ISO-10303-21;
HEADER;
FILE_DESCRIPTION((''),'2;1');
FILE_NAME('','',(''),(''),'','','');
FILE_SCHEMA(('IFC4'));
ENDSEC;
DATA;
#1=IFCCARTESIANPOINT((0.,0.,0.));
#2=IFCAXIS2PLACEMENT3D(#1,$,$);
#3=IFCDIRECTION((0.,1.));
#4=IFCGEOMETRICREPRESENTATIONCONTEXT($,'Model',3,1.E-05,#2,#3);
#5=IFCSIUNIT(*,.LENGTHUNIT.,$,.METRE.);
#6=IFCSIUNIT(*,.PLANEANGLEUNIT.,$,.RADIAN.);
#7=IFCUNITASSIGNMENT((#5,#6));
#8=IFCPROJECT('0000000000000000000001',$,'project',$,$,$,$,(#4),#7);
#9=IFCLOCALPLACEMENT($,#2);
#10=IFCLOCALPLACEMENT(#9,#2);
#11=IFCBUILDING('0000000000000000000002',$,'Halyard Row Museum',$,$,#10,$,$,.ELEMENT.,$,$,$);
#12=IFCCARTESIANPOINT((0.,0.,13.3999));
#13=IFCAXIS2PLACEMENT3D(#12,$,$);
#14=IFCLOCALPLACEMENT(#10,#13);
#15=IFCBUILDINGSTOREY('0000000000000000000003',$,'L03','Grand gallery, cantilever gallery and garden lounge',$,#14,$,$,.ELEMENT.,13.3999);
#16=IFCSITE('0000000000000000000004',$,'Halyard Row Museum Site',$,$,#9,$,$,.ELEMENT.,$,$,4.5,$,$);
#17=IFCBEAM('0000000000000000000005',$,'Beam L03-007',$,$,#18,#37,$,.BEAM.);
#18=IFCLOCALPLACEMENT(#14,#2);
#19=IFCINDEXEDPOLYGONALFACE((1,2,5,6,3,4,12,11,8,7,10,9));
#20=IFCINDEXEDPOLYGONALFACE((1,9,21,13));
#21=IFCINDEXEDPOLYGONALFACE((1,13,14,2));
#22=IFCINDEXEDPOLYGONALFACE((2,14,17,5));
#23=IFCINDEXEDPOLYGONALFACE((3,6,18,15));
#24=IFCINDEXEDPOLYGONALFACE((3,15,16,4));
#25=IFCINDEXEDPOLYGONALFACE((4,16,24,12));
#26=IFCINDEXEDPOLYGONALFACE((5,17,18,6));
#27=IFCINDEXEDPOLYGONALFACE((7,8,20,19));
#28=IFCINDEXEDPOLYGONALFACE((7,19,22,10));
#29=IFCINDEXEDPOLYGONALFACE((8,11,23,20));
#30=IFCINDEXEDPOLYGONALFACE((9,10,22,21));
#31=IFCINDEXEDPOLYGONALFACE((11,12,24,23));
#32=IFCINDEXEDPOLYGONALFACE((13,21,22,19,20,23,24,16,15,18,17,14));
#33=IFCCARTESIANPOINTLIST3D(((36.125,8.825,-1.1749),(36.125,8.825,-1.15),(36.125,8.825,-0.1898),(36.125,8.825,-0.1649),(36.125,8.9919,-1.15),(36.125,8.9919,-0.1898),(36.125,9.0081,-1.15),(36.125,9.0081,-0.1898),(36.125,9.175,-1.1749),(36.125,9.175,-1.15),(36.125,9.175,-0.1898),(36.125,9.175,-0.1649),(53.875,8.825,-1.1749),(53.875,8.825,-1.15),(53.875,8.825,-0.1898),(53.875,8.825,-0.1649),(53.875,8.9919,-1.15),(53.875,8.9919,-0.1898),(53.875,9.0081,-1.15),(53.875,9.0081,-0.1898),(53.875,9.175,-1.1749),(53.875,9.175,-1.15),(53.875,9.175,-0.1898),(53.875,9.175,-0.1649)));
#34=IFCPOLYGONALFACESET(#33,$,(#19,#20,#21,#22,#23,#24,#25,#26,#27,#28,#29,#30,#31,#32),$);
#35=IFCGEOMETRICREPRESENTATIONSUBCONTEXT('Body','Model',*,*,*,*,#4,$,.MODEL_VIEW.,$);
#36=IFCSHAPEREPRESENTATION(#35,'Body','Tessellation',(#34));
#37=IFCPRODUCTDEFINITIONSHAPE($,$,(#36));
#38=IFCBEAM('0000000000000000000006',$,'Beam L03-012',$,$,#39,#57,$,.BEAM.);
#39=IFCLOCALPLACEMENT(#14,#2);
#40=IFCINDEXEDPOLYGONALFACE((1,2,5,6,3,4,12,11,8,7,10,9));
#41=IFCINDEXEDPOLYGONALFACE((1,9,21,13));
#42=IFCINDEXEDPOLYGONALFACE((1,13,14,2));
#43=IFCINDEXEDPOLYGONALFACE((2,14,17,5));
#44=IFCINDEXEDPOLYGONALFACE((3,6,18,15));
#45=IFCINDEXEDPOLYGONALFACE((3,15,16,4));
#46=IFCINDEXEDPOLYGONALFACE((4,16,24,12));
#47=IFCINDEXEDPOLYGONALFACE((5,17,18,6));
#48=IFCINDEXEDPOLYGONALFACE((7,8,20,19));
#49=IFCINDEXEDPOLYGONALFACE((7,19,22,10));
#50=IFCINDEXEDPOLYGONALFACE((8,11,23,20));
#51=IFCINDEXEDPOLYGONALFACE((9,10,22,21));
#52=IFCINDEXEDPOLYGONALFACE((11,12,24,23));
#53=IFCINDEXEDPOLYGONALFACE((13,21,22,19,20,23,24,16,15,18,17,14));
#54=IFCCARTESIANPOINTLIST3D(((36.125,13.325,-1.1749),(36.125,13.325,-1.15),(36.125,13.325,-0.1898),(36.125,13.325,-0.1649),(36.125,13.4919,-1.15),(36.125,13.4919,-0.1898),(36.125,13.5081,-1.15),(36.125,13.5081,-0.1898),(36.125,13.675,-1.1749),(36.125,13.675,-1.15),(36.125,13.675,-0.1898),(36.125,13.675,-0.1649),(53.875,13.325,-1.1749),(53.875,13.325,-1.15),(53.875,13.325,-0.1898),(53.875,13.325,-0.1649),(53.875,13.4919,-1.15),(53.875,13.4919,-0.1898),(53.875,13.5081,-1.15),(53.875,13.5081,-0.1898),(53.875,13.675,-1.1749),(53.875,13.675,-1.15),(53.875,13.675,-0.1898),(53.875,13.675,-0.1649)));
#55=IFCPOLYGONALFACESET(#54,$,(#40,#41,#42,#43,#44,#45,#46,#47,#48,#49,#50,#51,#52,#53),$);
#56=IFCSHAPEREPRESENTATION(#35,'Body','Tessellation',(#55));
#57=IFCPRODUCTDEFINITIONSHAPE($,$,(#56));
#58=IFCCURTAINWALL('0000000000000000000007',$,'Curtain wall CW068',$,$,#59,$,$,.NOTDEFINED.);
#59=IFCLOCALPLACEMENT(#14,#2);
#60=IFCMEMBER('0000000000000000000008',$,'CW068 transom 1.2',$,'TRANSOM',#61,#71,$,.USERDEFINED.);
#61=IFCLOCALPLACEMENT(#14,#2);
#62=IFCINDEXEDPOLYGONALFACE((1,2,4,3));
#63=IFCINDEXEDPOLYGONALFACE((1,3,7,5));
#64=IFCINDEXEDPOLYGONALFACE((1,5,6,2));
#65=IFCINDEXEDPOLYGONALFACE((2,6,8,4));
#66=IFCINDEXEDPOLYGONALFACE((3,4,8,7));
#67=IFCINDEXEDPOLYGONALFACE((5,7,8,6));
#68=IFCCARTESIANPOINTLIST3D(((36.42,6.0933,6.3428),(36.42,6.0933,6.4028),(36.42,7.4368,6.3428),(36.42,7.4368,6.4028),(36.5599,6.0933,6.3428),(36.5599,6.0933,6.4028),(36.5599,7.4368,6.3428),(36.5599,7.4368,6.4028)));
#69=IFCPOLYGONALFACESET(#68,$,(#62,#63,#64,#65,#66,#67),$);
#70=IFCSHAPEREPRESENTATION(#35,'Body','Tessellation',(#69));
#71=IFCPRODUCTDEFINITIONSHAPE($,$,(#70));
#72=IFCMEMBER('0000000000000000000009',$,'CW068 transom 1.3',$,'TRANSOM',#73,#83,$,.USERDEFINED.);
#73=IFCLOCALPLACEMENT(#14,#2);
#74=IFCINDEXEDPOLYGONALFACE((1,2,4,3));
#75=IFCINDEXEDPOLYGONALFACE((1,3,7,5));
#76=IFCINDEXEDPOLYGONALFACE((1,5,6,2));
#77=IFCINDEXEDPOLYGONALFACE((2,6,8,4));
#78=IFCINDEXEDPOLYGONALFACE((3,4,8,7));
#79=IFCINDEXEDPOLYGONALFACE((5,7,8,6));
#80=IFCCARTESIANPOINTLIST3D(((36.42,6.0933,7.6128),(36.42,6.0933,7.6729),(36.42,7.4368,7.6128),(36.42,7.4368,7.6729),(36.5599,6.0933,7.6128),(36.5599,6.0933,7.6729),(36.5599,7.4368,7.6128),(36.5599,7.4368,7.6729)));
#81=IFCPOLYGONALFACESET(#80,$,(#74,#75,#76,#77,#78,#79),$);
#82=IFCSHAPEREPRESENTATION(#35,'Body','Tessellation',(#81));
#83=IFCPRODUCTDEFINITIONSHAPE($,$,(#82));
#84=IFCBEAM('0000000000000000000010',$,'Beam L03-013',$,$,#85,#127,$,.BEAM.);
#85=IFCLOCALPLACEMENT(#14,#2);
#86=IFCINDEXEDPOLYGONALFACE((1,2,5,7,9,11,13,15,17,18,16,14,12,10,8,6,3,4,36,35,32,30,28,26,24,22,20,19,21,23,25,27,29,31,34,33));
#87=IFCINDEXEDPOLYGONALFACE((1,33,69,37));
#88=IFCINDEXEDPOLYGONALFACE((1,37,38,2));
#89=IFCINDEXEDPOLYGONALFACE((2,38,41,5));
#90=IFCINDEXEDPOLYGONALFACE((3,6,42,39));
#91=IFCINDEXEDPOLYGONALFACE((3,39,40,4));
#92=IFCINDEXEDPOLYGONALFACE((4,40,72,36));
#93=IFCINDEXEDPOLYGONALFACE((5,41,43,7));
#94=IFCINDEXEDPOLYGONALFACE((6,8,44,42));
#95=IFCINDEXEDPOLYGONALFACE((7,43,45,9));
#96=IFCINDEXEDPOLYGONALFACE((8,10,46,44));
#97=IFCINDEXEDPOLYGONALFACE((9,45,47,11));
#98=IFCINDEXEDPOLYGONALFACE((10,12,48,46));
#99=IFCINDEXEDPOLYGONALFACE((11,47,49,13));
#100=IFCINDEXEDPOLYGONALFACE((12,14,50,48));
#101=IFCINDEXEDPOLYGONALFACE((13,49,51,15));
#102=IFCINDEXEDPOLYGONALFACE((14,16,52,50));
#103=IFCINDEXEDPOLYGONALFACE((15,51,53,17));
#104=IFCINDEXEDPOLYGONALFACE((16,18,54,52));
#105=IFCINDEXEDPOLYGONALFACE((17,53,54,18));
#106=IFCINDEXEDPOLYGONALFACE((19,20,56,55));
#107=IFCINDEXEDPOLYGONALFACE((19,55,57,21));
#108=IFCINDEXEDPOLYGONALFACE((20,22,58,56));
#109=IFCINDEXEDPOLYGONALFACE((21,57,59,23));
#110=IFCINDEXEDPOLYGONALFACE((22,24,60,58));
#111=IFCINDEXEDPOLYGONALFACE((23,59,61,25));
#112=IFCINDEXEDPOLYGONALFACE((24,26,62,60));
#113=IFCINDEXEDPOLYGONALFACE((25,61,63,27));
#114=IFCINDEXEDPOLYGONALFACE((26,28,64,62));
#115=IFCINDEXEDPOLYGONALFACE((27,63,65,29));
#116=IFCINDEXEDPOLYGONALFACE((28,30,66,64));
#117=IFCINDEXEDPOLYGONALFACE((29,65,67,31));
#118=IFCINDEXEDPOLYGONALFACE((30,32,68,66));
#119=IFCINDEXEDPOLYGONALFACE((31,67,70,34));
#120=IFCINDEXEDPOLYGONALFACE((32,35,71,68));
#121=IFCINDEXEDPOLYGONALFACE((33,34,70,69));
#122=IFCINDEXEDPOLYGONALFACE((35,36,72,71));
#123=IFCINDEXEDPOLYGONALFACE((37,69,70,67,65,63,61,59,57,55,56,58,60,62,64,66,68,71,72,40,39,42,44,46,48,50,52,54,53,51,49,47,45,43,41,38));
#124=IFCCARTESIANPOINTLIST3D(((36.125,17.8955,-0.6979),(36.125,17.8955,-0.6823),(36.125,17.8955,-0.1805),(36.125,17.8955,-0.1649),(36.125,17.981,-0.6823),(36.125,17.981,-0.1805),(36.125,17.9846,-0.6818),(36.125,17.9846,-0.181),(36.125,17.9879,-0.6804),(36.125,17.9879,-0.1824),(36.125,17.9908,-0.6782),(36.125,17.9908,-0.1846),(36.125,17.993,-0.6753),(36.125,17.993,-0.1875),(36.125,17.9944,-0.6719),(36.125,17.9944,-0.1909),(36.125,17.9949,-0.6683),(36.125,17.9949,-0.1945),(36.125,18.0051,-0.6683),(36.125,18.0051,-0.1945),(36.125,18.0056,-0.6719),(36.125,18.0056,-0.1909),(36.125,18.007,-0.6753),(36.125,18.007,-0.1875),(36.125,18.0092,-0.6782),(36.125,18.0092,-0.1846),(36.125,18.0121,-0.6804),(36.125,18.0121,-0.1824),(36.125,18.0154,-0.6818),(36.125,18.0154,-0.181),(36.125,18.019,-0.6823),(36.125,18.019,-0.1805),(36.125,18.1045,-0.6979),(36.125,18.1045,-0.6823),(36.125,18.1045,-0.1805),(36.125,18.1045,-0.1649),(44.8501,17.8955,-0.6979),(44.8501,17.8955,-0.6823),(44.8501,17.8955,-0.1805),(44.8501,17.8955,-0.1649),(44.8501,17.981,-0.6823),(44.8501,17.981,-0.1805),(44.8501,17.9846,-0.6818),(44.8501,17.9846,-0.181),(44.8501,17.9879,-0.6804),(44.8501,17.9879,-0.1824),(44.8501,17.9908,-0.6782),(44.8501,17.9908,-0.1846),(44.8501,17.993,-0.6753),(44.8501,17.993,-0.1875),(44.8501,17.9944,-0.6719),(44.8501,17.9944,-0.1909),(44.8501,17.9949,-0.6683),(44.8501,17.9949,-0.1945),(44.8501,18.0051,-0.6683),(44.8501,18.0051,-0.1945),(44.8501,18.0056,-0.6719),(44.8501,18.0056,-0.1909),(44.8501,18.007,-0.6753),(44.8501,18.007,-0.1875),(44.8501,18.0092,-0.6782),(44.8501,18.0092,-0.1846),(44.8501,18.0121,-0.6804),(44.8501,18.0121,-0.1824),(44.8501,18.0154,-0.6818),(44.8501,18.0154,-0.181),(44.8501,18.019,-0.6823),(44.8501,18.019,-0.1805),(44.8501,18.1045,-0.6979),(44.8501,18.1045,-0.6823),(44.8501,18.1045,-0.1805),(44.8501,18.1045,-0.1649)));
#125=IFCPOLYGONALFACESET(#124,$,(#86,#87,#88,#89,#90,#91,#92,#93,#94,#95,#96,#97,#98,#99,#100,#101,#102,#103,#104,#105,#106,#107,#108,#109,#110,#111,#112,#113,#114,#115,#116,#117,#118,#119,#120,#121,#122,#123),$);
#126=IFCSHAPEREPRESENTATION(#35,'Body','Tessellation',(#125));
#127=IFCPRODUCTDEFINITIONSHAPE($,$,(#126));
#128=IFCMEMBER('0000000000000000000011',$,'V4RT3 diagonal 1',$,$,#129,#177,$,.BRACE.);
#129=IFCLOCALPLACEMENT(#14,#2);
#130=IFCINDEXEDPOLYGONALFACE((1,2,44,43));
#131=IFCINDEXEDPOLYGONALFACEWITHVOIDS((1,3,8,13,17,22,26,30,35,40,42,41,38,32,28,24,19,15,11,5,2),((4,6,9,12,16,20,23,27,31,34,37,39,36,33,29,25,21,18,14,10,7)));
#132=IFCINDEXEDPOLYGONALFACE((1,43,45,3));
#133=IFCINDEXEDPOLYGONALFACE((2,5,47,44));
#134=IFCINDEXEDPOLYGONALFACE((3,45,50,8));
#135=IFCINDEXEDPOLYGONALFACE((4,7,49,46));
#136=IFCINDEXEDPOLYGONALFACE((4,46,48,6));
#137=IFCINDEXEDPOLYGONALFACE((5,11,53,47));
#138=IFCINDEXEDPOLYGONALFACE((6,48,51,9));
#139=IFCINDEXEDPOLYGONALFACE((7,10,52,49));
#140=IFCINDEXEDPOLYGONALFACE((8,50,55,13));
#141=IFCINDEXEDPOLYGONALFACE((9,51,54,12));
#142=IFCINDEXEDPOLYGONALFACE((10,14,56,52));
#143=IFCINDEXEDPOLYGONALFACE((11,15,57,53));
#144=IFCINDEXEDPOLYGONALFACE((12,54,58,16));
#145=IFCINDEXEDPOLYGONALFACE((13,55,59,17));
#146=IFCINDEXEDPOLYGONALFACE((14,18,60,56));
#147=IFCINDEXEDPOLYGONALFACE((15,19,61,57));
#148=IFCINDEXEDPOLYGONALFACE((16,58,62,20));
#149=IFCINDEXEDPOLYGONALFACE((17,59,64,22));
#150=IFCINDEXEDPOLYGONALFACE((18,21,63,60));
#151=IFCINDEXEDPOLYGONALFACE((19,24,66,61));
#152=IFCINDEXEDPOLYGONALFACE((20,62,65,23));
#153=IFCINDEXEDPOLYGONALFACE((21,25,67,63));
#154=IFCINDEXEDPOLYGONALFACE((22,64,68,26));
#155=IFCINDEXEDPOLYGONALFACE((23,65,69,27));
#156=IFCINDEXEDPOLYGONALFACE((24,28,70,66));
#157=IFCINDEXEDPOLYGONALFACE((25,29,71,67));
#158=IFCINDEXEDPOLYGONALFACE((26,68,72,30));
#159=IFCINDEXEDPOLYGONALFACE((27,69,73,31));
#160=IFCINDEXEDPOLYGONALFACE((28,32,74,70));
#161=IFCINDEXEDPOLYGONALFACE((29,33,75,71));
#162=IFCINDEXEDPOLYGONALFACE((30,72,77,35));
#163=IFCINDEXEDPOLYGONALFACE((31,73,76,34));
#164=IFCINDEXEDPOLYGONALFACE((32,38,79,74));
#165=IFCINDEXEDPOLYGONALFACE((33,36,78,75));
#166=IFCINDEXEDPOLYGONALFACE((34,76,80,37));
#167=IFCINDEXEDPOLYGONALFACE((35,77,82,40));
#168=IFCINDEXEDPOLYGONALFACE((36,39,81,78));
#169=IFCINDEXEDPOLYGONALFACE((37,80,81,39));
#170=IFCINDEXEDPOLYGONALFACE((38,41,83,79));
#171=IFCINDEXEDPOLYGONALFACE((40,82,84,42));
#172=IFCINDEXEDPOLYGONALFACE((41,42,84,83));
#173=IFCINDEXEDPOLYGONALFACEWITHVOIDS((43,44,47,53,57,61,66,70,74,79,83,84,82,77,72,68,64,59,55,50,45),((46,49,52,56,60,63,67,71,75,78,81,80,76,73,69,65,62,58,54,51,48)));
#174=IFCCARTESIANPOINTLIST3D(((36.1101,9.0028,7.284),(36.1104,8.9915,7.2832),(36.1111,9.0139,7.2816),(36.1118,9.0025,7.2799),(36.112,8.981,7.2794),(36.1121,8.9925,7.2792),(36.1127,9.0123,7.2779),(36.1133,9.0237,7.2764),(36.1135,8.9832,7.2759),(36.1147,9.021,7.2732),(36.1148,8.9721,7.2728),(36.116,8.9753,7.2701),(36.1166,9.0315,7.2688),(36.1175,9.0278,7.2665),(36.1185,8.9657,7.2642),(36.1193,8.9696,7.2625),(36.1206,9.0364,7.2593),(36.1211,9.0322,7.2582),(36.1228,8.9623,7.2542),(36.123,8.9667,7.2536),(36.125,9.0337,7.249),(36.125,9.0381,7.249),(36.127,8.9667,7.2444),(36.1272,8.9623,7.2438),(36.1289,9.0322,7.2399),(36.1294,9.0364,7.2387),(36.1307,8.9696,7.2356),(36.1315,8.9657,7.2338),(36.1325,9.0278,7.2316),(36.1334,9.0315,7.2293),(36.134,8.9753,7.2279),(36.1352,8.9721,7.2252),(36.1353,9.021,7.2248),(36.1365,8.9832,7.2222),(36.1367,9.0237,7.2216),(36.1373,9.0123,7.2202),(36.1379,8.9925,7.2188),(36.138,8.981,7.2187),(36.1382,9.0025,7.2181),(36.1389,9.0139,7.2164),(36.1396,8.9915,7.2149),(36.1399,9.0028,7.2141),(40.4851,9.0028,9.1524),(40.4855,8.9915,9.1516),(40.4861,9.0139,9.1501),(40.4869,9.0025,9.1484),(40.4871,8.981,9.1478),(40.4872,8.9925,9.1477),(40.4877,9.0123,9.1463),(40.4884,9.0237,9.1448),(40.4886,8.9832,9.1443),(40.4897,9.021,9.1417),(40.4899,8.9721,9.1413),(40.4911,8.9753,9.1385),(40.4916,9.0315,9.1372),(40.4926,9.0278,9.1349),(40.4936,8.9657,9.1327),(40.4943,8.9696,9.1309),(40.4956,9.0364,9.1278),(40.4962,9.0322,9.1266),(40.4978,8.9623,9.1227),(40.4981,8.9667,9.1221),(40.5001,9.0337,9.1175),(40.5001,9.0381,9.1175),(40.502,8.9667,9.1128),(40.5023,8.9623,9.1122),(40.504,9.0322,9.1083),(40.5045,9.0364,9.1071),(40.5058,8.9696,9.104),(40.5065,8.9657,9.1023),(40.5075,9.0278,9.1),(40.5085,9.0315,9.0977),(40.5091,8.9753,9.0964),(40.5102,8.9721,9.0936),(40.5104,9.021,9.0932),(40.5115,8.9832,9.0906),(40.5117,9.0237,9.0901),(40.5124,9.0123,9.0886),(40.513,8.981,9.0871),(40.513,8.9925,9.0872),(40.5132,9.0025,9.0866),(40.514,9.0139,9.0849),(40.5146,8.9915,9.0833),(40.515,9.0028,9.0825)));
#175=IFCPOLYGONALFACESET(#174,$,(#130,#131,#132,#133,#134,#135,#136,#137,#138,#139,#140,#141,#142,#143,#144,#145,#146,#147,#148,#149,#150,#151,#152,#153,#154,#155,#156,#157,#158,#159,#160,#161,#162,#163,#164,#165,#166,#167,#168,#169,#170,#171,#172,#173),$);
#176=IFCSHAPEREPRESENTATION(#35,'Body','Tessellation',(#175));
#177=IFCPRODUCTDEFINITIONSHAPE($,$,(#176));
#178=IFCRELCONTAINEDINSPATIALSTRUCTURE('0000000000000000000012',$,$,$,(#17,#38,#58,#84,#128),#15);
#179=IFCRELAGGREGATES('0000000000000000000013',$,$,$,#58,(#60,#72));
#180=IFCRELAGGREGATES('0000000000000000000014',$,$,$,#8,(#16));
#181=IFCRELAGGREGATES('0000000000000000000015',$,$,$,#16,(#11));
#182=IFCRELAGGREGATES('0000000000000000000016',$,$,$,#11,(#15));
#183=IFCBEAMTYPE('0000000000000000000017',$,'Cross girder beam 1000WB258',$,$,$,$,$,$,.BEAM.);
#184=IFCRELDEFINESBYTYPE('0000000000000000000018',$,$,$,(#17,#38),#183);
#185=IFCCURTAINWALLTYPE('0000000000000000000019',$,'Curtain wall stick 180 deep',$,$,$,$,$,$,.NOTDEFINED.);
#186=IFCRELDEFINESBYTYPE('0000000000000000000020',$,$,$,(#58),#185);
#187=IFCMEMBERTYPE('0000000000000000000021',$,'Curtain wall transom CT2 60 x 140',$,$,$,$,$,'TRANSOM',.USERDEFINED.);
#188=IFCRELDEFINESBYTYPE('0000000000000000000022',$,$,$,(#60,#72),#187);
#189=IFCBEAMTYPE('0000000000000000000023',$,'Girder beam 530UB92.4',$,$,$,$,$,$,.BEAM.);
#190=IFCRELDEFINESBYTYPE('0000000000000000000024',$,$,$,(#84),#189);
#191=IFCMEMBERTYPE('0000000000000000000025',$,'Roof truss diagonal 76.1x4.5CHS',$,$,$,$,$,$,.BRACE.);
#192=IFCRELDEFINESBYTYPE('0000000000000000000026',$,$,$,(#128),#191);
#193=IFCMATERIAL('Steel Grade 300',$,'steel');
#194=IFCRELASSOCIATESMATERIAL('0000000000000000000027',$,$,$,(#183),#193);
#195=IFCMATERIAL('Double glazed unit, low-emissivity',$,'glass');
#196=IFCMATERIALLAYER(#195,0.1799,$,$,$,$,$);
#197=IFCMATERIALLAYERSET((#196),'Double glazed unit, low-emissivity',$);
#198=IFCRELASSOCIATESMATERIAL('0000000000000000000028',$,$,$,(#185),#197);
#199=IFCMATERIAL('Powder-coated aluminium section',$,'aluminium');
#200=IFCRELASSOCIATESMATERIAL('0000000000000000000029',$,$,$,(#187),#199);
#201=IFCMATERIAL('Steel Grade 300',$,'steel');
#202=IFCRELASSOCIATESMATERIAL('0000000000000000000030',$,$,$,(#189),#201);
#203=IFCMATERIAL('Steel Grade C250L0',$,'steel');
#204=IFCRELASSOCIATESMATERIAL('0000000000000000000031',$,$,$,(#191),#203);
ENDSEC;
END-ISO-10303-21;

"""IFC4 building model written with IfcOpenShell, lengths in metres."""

from ifc_helpers import new_model, si_unit, direction, frame, origin, origin_2d, place, context, subcontext, project, spatial, rectangle, hollow_circle, i_section, extrude, material, layer, layer_set, material_profile, profile_set, type_object, element, aggregate, save


model = new_model("IFC4")

# Units and contexts
model_context = context("Model", 3, precision=1e-05, world=origin(), true_north=direction((0.0, 1.0)))
body_context = subcontext(model_context, "Body", "Model", "MODEL_VIEW")
ifc_project = project(units=[si_unit("LENGTHUNIT", "METRE"), si_unit("PLANEANGLEUNIT", "RADIAN")], contexts=[model_context])

# Site, building, storey
site_placement = place(None, origin())
site = spatial("IfcSite", under=ifc_project, at=site_placement, Name="Halyard Row Museum Site", CompositionType="ELEMENT", RefElevation=4.5)
building_placement = place(site_placement, origin())
building = spatial("IfcBuilding", under=site, at=building_placement, Name="Halyard Row Museum", CompositionType="ELEMENT")
storey_placement = place(building_placement, frame((0.0, 0.0, 13.3999)))
storey = spatial("IfcBuildingStorey", under=building, at=storey_placement, Name="L03", Description="Grand gallery, cantilever gallery and garden lounge", CompositionType="ELEMENT", Elevation=13.3999)

# Beams
ifc_material_1 = material(Name="Steel Grade 300", Category="steel")
ifc_material_profile_1 = material_profile(ifc_material_1, i_section(OverallWidth=0.3501, OverallDepth=1.01, WebThickness=0.0161, FlangeThickness=0.0249, at=origin_2d()), Name="1000WB258")
ifc_profile_set_1 = profile_set([ifc_material_profile_1], Name="Steel Grade 300")
beam_type_1 = type_object("IfcBeamType", Name="Cross girder beam 1000WB258", PredefinedType="BEAM", material=ifc_profile_set_1)
for number, where, z_axis, x_axis, name in (
    (1, (36.125, 9.0, -0.6699), (1.0, 0.0, 0.0), (0.0, 1.0, 0.0), "Beam L03-007"),
    (2, (36.125, 13.5, -0.6699), (1.0, 0.0, 0.0), (0.0, 1.0, 0.0), "Beam L03-012"),
):
    element("IfcBeam", number, at=place(storey_placement, frame(where, z_axis=z_axis, x_axis=x_axis)), inside=storey, type_object=beam_type_1, Name=name, PredefinedType="BEAM", context=body_context, shape_type="SweptSolid", body=[
        extrude(i_section(OverallWidth=0.3501, OverallDepth=1.01, WebThickness=0.0161, FlangeThickness=0.0249, at=origin_2d()), origin(), (0.0, 0.0, 1.0), 17.75),
    ])

# Curtain wall, members
ifc_material_2 = material(Name="Double glazed unit, low-emissivity", Category="glass")
ifc_layer_1 = layer(ifc_material_2, 0.1799)
ifc_layer_set_1 = layer_set([ifc_layer_1], Name="Double glazed unit, low-emissivity")
curtain_wall_type = type_object("IfcCurtainWallType", Name="Curtain wall stick 180 deep", PredefinedType="NOTDEFINED", material=ifc_layer_set_1)
curtain_wall_placement = place(storey_placement, origin())
curtain_wall = element("IfcCurtainWall", 3, at=curtain_wall_placement, inside=storey, type_object=curtain_wall_type, Name="Curtain wall CW068", PredefinedType="NOTDEFINED")
ifc_material_3 = material(Name="Powder-coated aluminium section", Category="aluminium")
ifc_material_profile_2 = material_profile(ifc_material_3, rectangle(XDim=0.1399, YDim=0.0601, at=origin_2d()), Name="140x60 transom")
ifc_profile_set_2 = profile_set([ifc_material_profile_2], Name="Powder-coated aluminium section")
member_type_1 = type_object("IfcMemberType", Name="Curtain wall transom CT2 60 x 140", ElementType="TRANSOM", PredefinedType="USERDEFINED", material=ifc_profile_set_2)
member_1_placement = place(storey_placement, frame((36.49, 6.0933, 6.3728), z_axis=(0.0, 1.0, 0.0), x_axis=(-1.0, 0.0, 0.0)))
member_1 = element("IfcMember", 4, at=member_1_placement, type_object=member_type_1, Name="CW068 transom 1.2", ObjectType="TRANSOM", PredefinedType="USERDEFINED", context=body_context, shape_type="SweptSolid", body=[
    extrude(rectangle(XDim=0.1399, YDim=0.0601, at=origin_2d()), origin(), (0.0, 0.0, 1.0), 1.3435),
])
member_2_placement = place(storey_placement, frame((36.49, 6.0933, 7.6428), z_axis=(0.0, 1.0, 0.0), x_axis=(-1.0, 0.0, 0.0)))
member_2 = element("IfcMember", 5, at=member_2_placement, type_object=member_type_1, Name="CW068 transom 1.3", ObjectType="TRANSOM", PredefinedType="USERDEFINED", context=body_context, shape_type="SweptSolid", body=[
    extrude(rectangle(XDim=0.1399, YDim=0.0601, at=origin_2d()), origin(), (0.0, 0.0, 1.0), 1.3435),
])
aggregate(curtain_wall, [member_1, member_2])

# Beam
ifc_material_4 = material(Name="Steel Grade 300", Category="steel")
ifc_material_profile_3 = material_profile(ifc_material_4, i_section(OverallWidth=0.209, OverallDepth=0.533, WebThickness=0.0103, FlangeThickness=0.0156, FilletRadius=0.0139, at=origin_2d()), Name="530UB92.4")
ifc_profile_set_3 = profile_set([ifc_material_profile_3], Name="Steel Grade 300")
beam_type_2 = type_object("IfcBeamType", Name="Girder beam 530UB92.4", PredefinedType="BEAM", material=ifc_profile_set_3)
beam_placement = place(storey_placement, frame((36.125, 18.0, -0.4314), z_axis=(1.0, 0.0, 0.0), x_axis=(0.0, 1.0, 0.0)))
element("IfcBeam", 6, at=beam_placement, inside=storey, type_object=beam_type_2, Name="Beam L03-013", PredefinedType="BEAM", context=body_context, shape_type="SweptSolid", body=[
    extrude(i_section(OverallWidth=0.209, OverallDepth=0.533, WebThickness=0.0103, FlangeThickness=0.0156, FilletRadius=0.0139, at=origin_2d()), origin(), (0.0, 0.0, 1.0), 8.7251),
])

# Member
ifc_material_5 = material(Name="Steel Grade C250L0", Category="steel")
ifc_material_profile_4 = material_profile(ifc_material_5, hollow_circle(Radius=0.0381, WallThickness=0.0044, at=origin_2d()), Name="76.1x4.5CHS")
ifc_profile_set_4 = profile_set([ifc_material_profile_4], Name="Steel Grade C250L0")
member_type_2 = type_object("IfcMemberType", Name="Roof truss diagonal 76.1x4.5CHS", PredefinedType="BRACE", material=ifc_profile_set_4)
for number, where, z_axis, x_axis, name in (
    (7, (36.125, 9.0, 7.249), (0.919646, 0.0, 0.392748), (0.0, 1.0, 0.0), "V4RT3 diagonal 1"),
):
    element("IfcMember", number, at=place(storey_placement, frame(where, z_axis=z_axis, x_axis=x_axis)), inside=storey, type_object=member_type_2, Name=name, PredefinedType="BRACE", context=body_context, shape_type="SweptSolid", body=[
        extrude(hollow_circle(Radius=0.0381, WallThickness=0.0044, at=origin_2d()), origin(), (0.0, 0.0, 1.0), 4.7573),
    ])

save(model, "model.ifc")
